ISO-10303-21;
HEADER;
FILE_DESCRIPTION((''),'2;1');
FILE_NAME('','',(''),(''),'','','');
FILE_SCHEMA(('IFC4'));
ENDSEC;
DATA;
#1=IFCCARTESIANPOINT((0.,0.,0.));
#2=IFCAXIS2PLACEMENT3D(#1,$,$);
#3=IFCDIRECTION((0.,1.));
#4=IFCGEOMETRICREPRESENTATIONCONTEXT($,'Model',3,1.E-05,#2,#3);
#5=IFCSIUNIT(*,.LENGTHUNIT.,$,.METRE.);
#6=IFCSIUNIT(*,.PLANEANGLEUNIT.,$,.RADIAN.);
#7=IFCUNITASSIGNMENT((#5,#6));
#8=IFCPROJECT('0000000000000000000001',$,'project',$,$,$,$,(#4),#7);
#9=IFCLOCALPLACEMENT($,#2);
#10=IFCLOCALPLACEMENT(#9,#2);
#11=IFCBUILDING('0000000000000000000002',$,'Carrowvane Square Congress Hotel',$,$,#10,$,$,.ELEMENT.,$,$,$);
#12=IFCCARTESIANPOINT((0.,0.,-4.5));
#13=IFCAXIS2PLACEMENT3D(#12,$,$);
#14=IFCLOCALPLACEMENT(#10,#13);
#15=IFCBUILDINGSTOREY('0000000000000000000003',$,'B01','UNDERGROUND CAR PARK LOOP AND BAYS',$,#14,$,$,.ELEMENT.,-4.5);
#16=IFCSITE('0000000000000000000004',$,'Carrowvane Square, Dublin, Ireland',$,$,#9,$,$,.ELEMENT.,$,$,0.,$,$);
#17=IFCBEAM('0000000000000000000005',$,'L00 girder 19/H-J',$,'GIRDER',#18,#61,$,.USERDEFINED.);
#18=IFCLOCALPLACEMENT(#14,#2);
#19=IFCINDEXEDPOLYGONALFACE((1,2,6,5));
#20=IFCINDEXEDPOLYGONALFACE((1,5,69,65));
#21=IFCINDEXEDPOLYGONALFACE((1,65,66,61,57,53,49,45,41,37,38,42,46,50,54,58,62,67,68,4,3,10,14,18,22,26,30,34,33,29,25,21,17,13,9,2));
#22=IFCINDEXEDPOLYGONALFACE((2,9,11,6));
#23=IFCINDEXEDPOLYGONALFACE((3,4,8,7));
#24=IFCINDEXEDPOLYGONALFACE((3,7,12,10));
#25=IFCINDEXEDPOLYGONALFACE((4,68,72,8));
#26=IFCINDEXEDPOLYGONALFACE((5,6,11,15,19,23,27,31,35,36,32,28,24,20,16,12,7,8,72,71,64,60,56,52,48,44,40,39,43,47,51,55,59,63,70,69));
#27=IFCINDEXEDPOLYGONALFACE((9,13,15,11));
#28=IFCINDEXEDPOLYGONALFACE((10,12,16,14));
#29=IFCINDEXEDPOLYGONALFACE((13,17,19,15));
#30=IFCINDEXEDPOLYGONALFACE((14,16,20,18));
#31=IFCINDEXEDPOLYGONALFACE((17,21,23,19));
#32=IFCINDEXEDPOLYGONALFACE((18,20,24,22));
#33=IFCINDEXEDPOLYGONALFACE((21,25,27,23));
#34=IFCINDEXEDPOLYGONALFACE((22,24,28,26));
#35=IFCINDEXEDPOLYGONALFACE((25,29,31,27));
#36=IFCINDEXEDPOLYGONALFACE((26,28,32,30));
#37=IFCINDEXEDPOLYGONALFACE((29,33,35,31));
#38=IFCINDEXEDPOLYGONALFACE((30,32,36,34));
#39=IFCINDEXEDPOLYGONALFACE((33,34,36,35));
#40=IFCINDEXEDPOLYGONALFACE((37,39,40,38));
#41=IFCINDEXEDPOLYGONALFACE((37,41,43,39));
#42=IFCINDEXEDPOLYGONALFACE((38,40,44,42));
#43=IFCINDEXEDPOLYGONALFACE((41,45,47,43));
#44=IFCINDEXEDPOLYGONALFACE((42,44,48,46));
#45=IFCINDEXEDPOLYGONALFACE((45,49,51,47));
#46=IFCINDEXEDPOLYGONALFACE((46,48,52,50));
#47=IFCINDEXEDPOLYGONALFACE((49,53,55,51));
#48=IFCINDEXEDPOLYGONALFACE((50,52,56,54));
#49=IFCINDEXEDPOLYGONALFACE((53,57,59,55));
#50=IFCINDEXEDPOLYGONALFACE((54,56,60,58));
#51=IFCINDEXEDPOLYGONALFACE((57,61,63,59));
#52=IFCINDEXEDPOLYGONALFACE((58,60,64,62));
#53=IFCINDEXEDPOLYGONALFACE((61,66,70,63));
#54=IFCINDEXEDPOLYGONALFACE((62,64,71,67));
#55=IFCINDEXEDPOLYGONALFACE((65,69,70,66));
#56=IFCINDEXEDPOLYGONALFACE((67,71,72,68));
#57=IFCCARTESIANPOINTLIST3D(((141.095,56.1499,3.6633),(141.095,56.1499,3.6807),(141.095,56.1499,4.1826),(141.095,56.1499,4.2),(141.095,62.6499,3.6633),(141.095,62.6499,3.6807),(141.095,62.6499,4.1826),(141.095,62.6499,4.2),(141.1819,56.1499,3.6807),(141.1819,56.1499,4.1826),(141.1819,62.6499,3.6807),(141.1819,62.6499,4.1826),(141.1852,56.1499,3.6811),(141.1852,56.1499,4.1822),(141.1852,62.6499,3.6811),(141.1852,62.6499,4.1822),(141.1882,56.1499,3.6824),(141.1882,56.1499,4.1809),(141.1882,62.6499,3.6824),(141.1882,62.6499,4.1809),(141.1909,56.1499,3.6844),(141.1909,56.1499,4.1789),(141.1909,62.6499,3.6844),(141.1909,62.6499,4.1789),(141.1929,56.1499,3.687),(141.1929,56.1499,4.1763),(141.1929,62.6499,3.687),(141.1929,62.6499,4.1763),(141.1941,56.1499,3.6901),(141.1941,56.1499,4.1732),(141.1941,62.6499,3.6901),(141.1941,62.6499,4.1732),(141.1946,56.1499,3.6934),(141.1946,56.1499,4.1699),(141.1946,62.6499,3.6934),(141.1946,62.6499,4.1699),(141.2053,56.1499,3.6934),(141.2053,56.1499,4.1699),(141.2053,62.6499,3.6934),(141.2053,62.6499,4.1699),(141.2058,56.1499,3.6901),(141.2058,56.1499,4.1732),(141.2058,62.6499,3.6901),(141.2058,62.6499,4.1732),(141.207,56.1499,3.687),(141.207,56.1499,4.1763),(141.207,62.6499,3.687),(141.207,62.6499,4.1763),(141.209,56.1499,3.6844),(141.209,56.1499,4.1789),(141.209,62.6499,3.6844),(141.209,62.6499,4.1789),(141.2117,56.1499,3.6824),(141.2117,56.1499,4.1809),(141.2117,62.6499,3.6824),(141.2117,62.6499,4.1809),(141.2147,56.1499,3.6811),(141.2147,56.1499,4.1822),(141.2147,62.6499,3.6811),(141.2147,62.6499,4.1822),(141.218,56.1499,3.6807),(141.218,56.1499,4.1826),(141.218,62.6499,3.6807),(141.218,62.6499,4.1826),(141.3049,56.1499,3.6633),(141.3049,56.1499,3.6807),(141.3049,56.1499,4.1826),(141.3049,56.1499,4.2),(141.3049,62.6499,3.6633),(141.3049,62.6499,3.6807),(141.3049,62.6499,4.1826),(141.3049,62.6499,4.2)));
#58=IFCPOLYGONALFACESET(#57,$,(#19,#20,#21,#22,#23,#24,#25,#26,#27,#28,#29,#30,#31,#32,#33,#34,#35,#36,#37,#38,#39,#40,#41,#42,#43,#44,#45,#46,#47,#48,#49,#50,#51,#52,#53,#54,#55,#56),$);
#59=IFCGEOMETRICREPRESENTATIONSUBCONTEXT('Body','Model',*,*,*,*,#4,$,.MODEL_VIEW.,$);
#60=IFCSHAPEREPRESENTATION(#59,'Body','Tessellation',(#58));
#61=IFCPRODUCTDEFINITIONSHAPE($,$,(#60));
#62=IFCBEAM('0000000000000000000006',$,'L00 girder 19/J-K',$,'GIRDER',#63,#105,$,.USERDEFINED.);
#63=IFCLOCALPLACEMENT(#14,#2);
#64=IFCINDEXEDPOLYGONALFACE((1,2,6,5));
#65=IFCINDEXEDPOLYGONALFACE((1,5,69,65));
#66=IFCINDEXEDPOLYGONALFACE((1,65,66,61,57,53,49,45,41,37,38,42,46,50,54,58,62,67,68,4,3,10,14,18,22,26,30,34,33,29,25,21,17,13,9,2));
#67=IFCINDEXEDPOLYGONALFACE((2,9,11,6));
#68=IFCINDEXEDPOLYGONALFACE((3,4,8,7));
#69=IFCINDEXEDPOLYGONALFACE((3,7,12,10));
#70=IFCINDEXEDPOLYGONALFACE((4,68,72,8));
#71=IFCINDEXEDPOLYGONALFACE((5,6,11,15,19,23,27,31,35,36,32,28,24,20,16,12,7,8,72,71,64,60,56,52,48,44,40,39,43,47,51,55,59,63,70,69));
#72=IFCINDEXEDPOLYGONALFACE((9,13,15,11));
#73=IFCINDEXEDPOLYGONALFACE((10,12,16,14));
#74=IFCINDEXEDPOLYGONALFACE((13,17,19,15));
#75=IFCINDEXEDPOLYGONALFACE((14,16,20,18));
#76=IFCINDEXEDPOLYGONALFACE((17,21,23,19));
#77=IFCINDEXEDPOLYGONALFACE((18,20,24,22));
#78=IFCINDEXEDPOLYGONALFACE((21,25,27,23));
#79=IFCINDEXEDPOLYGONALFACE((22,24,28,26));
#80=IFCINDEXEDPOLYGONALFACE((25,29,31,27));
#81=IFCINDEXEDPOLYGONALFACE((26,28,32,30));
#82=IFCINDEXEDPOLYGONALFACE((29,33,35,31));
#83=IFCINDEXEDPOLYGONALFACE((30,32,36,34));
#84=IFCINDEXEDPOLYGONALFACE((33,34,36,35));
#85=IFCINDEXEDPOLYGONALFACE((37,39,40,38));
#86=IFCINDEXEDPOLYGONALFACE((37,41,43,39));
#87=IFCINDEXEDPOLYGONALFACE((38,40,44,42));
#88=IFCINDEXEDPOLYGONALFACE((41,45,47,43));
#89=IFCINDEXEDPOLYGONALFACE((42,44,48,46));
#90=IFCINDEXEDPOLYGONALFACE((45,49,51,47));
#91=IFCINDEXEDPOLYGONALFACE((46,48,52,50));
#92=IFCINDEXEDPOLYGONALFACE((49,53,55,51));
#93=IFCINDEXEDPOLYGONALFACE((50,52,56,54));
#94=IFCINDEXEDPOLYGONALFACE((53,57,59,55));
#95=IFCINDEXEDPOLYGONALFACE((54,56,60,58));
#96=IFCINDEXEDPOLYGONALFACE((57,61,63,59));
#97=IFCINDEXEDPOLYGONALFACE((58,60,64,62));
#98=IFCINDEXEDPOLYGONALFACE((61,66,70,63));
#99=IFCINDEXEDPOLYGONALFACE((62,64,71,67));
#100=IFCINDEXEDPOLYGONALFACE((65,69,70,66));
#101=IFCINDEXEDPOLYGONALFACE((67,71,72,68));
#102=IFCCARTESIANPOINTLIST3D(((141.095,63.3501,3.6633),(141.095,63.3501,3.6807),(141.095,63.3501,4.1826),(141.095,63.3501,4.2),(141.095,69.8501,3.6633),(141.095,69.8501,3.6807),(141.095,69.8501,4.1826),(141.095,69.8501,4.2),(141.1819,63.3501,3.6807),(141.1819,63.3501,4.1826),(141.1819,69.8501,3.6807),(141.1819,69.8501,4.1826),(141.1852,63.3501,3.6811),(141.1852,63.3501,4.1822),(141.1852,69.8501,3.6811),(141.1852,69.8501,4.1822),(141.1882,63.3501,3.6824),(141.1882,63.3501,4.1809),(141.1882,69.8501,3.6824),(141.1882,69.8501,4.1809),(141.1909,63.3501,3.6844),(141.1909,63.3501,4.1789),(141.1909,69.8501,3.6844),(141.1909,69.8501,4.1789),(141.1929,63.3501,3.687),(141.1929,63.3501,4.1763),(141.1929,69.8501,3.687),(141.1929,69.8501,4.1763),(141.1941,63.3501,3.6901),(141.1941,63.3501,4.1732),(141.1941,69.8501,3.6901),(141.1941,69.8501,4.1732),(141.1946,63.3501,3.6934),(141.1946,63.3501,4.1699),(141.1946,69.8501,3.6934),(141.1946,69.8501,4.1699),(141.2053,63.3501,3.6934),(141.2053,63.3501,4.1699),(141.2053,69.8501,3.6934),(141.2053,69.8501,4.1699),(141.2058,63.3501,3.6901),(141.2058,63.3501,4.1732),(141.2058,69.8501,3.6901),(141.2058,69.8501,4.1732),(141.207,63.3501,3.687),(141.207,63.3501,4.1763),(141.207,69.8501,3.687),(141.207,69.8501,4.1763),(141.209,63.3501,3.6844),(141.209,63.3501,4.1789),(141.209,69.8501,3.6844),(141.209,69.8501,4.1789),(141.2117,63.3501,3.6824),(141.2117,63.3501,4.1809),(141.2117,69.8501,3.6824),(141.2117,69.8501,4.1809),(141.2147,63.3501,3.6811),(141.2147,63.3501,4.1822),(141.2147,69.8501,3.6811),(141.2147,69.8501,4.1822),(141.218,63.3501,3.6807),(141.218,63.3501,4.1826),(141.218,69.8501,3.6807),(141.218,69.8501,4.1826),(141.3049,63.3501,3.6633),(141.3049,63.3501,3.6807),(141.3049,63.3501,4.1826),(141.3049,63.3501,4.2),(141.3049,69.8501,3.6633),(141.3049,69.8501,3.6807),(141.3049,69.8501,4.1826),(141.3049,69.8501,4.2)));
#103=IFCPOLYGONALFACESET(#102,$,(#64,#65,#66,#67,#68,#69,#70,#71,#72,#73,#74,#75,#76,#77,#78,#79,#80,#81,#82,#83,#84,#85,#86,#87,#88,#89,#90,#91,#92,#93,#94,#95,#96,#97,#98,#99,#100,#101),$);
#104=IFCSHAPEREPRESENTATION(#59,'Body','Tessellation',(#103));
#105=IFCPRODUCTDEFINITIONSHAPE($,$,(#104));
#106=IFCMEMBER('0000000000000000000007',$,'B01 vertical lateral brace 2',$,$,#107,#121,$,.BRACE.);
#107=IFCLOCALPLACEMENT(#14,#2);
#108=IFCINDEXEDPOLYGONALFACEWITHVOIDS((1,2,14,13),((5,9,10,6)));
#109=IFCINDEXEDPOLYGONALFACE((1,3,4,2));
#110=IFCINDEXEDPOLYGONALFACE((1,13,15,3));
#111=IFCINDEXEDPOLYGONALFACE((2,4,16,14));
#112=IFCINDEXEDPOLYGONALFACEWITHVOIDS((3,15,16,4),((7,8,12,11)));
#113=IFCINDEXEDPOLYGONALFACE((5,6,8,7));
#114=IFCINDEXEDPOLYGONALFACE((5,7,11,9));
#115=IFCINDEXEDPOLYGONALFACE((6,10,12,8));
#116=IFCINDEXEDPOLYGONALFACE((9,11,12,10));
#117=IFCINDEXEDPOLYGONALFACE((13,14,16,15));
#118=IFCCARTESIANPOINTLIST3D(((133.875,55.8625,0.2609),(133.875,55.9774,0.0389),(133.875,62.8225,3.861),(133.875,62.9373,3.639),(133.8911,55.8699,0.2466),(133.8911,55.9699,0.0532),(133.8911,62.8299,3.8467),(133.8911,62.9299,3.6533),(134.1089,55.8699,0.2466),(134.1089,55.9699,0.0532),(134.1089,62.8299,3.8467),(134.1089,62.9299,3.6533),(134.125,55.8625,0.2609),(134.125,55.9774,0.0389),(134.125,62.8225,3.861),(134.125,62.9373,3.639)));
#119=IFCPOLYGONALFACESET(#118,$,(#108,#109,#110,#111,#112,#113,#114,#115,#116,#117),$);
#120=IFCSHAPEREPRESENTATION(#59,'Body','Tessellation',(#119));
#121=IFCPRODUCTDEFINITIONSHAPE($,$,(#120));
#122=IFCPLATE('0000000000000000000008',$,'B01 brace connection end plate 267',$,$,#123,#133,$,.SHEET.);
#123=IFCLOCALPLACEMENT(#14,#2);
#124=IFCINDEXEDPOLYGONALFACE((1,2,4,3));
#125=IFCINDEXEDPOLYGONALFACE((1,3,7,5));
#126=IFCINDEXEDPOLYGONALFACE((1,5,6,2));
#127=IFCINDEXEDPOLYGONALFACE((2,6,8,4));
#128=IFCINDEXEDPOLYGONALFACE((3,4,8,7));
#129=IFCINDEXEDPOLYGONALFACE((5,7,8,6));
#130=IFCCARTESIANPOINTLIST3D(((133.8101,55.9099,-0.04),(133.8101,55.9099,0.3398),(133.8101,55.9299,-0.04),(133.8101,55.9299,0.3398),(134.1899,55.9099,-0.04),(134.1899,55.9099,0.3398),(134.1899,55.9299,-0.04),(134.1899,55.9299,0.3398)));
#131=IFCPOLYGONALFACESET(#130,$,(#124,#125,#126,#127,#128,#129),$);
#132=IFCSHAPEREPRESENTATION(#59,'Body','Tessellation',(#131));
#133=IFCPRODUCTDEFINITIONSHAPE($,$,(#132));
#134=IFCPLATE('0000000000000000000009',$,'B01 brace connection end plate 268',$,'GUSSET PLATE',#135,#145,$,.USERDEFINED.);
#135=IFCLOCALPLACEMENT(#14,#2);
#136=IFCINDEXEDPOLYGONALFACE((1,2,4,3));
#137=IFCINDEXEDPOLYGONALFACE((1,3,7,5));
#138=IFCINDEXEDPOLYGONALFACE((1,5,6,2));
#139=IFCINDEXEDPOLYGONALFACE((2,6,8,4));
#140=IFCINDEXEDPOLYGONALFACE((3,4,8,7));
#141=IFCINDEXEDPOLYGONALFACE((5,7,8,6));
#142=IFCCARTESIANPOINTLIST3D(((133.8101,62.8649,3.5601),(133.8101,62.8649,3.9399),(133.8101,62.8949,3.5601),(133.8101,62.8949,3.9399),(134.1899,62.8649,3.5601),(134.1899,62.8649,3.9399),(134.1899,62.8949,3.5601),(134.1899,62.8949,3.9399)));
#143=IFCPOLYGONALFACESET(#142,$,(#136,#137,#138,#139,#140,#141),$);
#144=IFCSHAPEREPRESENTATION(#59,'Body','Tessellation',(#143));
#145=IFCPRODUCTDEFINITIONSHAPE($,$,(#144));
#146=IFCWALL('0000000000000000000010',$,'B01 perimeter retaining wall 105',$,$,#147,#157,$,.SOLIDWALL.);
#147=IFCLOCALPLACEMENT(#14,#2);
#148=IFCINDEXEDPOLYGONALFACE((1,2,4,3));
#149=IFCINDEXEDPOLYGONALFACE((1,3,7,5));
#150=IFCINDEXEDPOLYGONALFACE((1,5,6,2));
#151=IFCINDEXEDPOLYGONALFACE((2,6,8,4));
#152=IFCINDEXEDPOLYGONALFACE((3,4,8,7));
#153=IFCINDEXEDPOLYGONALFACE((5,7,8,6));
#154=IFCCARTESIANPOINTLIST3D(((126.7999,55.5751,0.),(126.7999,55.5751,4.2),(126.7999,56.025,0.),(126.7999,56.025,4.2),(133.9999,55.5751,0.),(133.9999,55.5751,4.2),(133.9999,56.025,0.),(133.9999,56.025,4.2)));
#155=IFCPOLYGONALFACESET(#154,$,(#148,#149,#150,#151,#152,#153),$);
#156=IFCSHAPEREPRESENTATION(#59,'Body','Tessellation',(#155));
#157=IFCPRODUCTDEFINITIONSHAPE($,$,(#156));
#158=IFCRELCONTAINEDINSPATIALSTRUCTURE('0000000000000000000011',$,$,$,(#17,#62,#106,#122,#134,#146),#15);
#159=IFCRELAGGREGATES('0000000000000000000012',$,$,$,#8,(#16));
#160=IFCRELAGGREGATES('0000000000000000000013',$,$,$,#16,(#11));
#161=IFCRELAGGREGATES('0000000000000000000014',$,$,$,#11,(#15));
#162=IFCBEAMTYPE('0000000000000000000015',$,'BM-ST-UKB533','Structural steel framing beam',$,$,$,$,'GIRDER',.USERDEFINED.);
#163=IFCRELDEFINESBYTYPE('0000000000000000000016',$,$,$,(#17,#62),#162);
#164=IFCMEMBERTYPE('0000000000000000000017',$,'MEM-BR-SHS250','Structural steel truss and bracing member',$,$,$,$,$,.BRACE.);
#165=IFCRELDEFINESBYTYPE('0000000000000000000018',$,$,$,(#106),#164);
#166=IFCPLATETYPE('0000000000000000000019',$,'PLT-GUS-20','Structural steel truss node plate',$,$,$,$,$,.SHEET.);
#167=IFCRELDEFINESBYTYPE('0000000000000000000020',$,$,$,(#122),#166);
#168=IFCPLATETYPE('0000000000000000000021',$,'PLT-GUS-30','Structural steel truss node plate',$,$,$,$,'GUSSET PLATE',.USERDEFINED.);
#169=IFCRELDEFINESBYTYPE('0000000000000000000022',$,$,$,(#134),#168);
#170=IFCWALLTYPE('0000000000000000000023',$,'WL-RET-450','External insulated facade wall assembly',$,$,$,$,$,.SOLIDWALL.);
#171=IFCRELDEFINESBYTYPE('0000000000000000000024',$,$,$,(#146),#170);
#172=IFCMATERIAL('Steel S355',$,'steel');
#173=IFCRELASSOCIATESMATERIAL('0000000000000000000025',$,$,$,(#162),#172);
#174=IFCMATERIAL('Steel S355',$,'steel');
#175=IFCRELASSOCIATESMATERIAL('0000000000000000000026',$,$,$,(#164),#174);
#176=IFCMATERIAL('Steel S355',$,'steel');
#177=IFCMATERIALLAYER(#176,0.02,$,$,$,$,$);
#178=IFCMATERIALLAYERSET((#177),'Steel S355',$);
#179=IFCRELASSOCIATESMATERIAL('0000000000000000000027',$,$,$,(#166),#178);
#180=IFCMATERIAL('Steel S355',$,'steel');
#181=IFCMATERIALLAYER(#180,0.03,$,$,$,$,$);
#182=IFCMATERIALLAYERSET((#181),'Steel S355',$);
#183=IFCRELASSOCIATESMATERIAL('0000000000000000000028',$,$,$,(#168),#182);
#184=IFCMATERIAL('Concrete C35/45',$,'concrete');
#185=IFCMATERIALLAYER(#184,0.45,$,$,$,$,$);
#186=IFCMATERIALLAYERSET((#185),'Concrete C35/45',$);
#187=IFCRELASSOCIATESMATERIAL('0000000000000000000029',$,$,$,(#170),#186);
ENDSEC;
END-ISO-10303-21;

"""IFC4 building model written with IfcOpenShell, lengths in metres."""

from ifc_helpers import new_model, si_unit, direction, frame, frame_2d, origin, origin_2d, place, context, subcontext, project, spatial, rectangle, hollow_rectangle, i_section, extrude, material, layer, layer_set, material_profile, profile_set, type_object, element, save


model = new_model("IFC4")

# Units and contexts
model_context = context("Model", 3, precision=1e-05, world=origin(), true_north=direction((0.0, 1.0)))
body_context = subcontext(model_context, "Body", "Model", "MODEL_VIEW")
ifc_project = project(units=[si_unit("LENGTHUNIT", "METRE"), si_unit("PLANEANGLEUNIT", "RADIAN")], contexts=[model_context])

# Site, building, storey
site_placement = place(None, origin())
site = spatial("IfcSite", under=ifc_project, at=site_placement, Name="Carrowvane Square, Dublin, Ireland", CompositionType="ELEMENT", RefElevation=0.0)
building_placement = place(site_placement, origin())
building = spatial("IfcBuilding", under=site, at=building_placement, Name="Carrowvane Square Congress Hotel", CompositionType="ELEMENT")
storey_placement = place(building_placement, frame((0.0, 0.0, -4.5)))
storey = spatial("IfcBuildingStorey", under=building, at=storey_placement, Name="B01", Description="UNDERGROUND CAR PARK LOOP AND BAYS", CompositionType="ELEMENT", Elevation=-4.5)

# Beams
ifc_material_1 = material(Name="Steel S355", Category="steel")
ifc_material_profile_1 = material_profile(ifc_material_1, i_section(OverallWidth=0.21, OverallDepth=0.5366, WebThickness=0.0107, FlangeThickness=0.0173, FilletRadius=0.0127, at=origin_2d()), Name="UKB 533x210x101")
ifc_profile_set_1 = profile_set([ifc_material_profile_1], Name="Steel S355")
beam_type_1 = type_object("IfcBeamType", Name="BM-ST-UKB533", Description="Structural steel framing beam", ElementType="GIRDER", PredefinedType="USERDEFINED", material=ifc_profile_set_1)
for number, where, z_axis, x_axis, name in (
    (1, (141.2, 56.1499, 3.9316), (0.0, 1.0, 0.0), (-1.0, 0.0, 0.0), "L00 girder 19/H-J"),
    (2, (141.2, 63.3501, 3.9316), (0.0, 1.0, 0.0), (-1.0, 0.0, 0.0), "L00 girder 19/J-K"),
):
    element("IfcBeam", number, at=place(storey_placement, frame(where, z_axis=z_axis, x_axis=x_axis)), inside=storey, type_object=beam_type_1, Name=name, ObjectType="GIRDER", PredefinedType="USERDEFINED", context=body_context, shape_type="SweptSolid", body=[
        extrude(i_section(OverallWidth=0.21, OverallDepth=0.5366, WebThickness=0.0107, FlangeThickness=0.0173, FilletRadius=0.0127, at=origin_2d()), origin(), (0.0, 0.0, 1.0), 6.5),
    ])

# Member
ifc_material_2 = material(Name="Steel S355", Category="steel")
ifc_material_profile_2 = material_profile(ifc_material_2, hollow_rectangle(XDim=0.25, YDim=0.25, WallThickness=0.0161, at=origin_2d()), Name="SHS 250x250x16")
ifc_profile_set_2 = profile_set([ifc_material_profile_2], Name="Steel S355")
member_type = type_object("IfcMemberType", Name="MEM-BR-SHS250", Description="Structural steel truss and bracing member", PredefinedType="BRACE", material=ifc_profile_set_2)
member_placement = place(storey_placement, frame((134.0, 55.9199, 0.1499), z_axis=(0.0, 0.888212, 0.459435), x_axis=(-1.0, 0.0, 0.0)))
element("IfcMember", 3, at=member_placement, inside=storey, type_object=member_type, Name="B01 vertical lateral brace 2", PredefinedType="BRACE", context=body_context, shape_type="SweptSolid", body=[
    extrude(hollow_rectangle(XDim=0.25, YDim=0.25, WallThickness=0.0161, at=origin_2d()), origin(), (0.0, 0.0, 1.0), 7.8359),
])

# Plates
ifc_material_3 = material(Name="Steel S355", Category="steel")
ifc_layer_1 = layer(ifc_material_3, 0.02)
ifc_layer_set_1 = layer_set([ifc_layer_1], Name="Steel S355")
plate_type_1 = type_object("IfcPlateType", Name="PLT-GUS-20", Description="Structural steel truss node plate", PredefinedType="SHEET", material=ifc_layer_set_1)
plate_1_placement = place(storey_placement, frame((134.0, 55.9199, -0.04), z_axis=(0.0, 0.0, 1.0), x_axis=(1.0, 0.0, 0.0)))
element("IfcPlate", 4, at=plate_1_placement, inside=storey, type_object=plate_type_1, Name="B01 brace connection end plate 267", PredefinedType="SHEET", context=body_context, shape_type="SweptSolid", body=[
    extrude(rectangle(XDim=0.3799, YDim=0.02, at=origin_2d()), origin(), (0.0, 0.0, 1.0), 0.3799),
])
ifc_material_4 = material(Name="Steel S355", Category="steel")
ifc_layer_2 = layer(ifc_material_4, 0.03)
ifc_layer_set_2 = layer_set([ifc_layer_2], Name="Steel S355")
plate_type_2 = type_object("IfcPlateType", Name="PLT-GUS-30", Description="Structural steel truss node plate", ElementType="GUSSET PLATE", PredefinedType="USERDEFINED", material=ifc_layer_set_2)
plate_2_placement = place(storey_placement, frame((134.0, 62.8799, 3.5601), z_axis=(0.0, 0.0, 1.0), x_axis=(1.0, 0.0, 0.0)))
element("IfcPlate", 5, at=plate_2_placement, inside=storey, type_object=plate_type_2, Name="B01 brace connection end plate 268", ObjectType="GUSSET PLATE", PredefinedType="USERDEFINED", context=body_context, shape_type="SweptSolid", body=[
    extrude(rectangle(XDim=0.3799, YDim=0.03, at=origin_2d()), origin(), (0.0, 0.0, 1.0), 0.3799),
])

# Wall
ifc_material_5 = material(Name="Concrete C35/45", Category="concrete")
ifc_layer_3 = layer(ifc_material_5, 0.45)
ifc_layer_set_3 = layer_set([ifc_layer_3], Name="Concrete C35/45")
wall_type = type_object("IfcWallType", Name="WL-RET-450", Description="External insulated facade wall assembly", PredefinedType="SOLIDWALL", material=ifc_layer_set_3)
wall_placement = place(storey_placement, frame((134.0, 55.8, 0.0), z_axis=(0.0, 0.0, 1.0), x_axis=(-1.0, 0.0, 0.0)))
element("IfcWall", 6, at=wall_placement, inside=storey, type_object=wall_type, Name="B01 perimeter retaining wall 105", PredefinedType="SOLIDWALL", context=body_context, shape_type="SweptSolid", body=[
    extrude(rectangle(XDim=7.2, YDim=0.45, at=frame_2d((3.6001, 0.0))), origin(), (0.0, 0.0, 1.0), 4.2),
])

save(model, "model.ifc")
